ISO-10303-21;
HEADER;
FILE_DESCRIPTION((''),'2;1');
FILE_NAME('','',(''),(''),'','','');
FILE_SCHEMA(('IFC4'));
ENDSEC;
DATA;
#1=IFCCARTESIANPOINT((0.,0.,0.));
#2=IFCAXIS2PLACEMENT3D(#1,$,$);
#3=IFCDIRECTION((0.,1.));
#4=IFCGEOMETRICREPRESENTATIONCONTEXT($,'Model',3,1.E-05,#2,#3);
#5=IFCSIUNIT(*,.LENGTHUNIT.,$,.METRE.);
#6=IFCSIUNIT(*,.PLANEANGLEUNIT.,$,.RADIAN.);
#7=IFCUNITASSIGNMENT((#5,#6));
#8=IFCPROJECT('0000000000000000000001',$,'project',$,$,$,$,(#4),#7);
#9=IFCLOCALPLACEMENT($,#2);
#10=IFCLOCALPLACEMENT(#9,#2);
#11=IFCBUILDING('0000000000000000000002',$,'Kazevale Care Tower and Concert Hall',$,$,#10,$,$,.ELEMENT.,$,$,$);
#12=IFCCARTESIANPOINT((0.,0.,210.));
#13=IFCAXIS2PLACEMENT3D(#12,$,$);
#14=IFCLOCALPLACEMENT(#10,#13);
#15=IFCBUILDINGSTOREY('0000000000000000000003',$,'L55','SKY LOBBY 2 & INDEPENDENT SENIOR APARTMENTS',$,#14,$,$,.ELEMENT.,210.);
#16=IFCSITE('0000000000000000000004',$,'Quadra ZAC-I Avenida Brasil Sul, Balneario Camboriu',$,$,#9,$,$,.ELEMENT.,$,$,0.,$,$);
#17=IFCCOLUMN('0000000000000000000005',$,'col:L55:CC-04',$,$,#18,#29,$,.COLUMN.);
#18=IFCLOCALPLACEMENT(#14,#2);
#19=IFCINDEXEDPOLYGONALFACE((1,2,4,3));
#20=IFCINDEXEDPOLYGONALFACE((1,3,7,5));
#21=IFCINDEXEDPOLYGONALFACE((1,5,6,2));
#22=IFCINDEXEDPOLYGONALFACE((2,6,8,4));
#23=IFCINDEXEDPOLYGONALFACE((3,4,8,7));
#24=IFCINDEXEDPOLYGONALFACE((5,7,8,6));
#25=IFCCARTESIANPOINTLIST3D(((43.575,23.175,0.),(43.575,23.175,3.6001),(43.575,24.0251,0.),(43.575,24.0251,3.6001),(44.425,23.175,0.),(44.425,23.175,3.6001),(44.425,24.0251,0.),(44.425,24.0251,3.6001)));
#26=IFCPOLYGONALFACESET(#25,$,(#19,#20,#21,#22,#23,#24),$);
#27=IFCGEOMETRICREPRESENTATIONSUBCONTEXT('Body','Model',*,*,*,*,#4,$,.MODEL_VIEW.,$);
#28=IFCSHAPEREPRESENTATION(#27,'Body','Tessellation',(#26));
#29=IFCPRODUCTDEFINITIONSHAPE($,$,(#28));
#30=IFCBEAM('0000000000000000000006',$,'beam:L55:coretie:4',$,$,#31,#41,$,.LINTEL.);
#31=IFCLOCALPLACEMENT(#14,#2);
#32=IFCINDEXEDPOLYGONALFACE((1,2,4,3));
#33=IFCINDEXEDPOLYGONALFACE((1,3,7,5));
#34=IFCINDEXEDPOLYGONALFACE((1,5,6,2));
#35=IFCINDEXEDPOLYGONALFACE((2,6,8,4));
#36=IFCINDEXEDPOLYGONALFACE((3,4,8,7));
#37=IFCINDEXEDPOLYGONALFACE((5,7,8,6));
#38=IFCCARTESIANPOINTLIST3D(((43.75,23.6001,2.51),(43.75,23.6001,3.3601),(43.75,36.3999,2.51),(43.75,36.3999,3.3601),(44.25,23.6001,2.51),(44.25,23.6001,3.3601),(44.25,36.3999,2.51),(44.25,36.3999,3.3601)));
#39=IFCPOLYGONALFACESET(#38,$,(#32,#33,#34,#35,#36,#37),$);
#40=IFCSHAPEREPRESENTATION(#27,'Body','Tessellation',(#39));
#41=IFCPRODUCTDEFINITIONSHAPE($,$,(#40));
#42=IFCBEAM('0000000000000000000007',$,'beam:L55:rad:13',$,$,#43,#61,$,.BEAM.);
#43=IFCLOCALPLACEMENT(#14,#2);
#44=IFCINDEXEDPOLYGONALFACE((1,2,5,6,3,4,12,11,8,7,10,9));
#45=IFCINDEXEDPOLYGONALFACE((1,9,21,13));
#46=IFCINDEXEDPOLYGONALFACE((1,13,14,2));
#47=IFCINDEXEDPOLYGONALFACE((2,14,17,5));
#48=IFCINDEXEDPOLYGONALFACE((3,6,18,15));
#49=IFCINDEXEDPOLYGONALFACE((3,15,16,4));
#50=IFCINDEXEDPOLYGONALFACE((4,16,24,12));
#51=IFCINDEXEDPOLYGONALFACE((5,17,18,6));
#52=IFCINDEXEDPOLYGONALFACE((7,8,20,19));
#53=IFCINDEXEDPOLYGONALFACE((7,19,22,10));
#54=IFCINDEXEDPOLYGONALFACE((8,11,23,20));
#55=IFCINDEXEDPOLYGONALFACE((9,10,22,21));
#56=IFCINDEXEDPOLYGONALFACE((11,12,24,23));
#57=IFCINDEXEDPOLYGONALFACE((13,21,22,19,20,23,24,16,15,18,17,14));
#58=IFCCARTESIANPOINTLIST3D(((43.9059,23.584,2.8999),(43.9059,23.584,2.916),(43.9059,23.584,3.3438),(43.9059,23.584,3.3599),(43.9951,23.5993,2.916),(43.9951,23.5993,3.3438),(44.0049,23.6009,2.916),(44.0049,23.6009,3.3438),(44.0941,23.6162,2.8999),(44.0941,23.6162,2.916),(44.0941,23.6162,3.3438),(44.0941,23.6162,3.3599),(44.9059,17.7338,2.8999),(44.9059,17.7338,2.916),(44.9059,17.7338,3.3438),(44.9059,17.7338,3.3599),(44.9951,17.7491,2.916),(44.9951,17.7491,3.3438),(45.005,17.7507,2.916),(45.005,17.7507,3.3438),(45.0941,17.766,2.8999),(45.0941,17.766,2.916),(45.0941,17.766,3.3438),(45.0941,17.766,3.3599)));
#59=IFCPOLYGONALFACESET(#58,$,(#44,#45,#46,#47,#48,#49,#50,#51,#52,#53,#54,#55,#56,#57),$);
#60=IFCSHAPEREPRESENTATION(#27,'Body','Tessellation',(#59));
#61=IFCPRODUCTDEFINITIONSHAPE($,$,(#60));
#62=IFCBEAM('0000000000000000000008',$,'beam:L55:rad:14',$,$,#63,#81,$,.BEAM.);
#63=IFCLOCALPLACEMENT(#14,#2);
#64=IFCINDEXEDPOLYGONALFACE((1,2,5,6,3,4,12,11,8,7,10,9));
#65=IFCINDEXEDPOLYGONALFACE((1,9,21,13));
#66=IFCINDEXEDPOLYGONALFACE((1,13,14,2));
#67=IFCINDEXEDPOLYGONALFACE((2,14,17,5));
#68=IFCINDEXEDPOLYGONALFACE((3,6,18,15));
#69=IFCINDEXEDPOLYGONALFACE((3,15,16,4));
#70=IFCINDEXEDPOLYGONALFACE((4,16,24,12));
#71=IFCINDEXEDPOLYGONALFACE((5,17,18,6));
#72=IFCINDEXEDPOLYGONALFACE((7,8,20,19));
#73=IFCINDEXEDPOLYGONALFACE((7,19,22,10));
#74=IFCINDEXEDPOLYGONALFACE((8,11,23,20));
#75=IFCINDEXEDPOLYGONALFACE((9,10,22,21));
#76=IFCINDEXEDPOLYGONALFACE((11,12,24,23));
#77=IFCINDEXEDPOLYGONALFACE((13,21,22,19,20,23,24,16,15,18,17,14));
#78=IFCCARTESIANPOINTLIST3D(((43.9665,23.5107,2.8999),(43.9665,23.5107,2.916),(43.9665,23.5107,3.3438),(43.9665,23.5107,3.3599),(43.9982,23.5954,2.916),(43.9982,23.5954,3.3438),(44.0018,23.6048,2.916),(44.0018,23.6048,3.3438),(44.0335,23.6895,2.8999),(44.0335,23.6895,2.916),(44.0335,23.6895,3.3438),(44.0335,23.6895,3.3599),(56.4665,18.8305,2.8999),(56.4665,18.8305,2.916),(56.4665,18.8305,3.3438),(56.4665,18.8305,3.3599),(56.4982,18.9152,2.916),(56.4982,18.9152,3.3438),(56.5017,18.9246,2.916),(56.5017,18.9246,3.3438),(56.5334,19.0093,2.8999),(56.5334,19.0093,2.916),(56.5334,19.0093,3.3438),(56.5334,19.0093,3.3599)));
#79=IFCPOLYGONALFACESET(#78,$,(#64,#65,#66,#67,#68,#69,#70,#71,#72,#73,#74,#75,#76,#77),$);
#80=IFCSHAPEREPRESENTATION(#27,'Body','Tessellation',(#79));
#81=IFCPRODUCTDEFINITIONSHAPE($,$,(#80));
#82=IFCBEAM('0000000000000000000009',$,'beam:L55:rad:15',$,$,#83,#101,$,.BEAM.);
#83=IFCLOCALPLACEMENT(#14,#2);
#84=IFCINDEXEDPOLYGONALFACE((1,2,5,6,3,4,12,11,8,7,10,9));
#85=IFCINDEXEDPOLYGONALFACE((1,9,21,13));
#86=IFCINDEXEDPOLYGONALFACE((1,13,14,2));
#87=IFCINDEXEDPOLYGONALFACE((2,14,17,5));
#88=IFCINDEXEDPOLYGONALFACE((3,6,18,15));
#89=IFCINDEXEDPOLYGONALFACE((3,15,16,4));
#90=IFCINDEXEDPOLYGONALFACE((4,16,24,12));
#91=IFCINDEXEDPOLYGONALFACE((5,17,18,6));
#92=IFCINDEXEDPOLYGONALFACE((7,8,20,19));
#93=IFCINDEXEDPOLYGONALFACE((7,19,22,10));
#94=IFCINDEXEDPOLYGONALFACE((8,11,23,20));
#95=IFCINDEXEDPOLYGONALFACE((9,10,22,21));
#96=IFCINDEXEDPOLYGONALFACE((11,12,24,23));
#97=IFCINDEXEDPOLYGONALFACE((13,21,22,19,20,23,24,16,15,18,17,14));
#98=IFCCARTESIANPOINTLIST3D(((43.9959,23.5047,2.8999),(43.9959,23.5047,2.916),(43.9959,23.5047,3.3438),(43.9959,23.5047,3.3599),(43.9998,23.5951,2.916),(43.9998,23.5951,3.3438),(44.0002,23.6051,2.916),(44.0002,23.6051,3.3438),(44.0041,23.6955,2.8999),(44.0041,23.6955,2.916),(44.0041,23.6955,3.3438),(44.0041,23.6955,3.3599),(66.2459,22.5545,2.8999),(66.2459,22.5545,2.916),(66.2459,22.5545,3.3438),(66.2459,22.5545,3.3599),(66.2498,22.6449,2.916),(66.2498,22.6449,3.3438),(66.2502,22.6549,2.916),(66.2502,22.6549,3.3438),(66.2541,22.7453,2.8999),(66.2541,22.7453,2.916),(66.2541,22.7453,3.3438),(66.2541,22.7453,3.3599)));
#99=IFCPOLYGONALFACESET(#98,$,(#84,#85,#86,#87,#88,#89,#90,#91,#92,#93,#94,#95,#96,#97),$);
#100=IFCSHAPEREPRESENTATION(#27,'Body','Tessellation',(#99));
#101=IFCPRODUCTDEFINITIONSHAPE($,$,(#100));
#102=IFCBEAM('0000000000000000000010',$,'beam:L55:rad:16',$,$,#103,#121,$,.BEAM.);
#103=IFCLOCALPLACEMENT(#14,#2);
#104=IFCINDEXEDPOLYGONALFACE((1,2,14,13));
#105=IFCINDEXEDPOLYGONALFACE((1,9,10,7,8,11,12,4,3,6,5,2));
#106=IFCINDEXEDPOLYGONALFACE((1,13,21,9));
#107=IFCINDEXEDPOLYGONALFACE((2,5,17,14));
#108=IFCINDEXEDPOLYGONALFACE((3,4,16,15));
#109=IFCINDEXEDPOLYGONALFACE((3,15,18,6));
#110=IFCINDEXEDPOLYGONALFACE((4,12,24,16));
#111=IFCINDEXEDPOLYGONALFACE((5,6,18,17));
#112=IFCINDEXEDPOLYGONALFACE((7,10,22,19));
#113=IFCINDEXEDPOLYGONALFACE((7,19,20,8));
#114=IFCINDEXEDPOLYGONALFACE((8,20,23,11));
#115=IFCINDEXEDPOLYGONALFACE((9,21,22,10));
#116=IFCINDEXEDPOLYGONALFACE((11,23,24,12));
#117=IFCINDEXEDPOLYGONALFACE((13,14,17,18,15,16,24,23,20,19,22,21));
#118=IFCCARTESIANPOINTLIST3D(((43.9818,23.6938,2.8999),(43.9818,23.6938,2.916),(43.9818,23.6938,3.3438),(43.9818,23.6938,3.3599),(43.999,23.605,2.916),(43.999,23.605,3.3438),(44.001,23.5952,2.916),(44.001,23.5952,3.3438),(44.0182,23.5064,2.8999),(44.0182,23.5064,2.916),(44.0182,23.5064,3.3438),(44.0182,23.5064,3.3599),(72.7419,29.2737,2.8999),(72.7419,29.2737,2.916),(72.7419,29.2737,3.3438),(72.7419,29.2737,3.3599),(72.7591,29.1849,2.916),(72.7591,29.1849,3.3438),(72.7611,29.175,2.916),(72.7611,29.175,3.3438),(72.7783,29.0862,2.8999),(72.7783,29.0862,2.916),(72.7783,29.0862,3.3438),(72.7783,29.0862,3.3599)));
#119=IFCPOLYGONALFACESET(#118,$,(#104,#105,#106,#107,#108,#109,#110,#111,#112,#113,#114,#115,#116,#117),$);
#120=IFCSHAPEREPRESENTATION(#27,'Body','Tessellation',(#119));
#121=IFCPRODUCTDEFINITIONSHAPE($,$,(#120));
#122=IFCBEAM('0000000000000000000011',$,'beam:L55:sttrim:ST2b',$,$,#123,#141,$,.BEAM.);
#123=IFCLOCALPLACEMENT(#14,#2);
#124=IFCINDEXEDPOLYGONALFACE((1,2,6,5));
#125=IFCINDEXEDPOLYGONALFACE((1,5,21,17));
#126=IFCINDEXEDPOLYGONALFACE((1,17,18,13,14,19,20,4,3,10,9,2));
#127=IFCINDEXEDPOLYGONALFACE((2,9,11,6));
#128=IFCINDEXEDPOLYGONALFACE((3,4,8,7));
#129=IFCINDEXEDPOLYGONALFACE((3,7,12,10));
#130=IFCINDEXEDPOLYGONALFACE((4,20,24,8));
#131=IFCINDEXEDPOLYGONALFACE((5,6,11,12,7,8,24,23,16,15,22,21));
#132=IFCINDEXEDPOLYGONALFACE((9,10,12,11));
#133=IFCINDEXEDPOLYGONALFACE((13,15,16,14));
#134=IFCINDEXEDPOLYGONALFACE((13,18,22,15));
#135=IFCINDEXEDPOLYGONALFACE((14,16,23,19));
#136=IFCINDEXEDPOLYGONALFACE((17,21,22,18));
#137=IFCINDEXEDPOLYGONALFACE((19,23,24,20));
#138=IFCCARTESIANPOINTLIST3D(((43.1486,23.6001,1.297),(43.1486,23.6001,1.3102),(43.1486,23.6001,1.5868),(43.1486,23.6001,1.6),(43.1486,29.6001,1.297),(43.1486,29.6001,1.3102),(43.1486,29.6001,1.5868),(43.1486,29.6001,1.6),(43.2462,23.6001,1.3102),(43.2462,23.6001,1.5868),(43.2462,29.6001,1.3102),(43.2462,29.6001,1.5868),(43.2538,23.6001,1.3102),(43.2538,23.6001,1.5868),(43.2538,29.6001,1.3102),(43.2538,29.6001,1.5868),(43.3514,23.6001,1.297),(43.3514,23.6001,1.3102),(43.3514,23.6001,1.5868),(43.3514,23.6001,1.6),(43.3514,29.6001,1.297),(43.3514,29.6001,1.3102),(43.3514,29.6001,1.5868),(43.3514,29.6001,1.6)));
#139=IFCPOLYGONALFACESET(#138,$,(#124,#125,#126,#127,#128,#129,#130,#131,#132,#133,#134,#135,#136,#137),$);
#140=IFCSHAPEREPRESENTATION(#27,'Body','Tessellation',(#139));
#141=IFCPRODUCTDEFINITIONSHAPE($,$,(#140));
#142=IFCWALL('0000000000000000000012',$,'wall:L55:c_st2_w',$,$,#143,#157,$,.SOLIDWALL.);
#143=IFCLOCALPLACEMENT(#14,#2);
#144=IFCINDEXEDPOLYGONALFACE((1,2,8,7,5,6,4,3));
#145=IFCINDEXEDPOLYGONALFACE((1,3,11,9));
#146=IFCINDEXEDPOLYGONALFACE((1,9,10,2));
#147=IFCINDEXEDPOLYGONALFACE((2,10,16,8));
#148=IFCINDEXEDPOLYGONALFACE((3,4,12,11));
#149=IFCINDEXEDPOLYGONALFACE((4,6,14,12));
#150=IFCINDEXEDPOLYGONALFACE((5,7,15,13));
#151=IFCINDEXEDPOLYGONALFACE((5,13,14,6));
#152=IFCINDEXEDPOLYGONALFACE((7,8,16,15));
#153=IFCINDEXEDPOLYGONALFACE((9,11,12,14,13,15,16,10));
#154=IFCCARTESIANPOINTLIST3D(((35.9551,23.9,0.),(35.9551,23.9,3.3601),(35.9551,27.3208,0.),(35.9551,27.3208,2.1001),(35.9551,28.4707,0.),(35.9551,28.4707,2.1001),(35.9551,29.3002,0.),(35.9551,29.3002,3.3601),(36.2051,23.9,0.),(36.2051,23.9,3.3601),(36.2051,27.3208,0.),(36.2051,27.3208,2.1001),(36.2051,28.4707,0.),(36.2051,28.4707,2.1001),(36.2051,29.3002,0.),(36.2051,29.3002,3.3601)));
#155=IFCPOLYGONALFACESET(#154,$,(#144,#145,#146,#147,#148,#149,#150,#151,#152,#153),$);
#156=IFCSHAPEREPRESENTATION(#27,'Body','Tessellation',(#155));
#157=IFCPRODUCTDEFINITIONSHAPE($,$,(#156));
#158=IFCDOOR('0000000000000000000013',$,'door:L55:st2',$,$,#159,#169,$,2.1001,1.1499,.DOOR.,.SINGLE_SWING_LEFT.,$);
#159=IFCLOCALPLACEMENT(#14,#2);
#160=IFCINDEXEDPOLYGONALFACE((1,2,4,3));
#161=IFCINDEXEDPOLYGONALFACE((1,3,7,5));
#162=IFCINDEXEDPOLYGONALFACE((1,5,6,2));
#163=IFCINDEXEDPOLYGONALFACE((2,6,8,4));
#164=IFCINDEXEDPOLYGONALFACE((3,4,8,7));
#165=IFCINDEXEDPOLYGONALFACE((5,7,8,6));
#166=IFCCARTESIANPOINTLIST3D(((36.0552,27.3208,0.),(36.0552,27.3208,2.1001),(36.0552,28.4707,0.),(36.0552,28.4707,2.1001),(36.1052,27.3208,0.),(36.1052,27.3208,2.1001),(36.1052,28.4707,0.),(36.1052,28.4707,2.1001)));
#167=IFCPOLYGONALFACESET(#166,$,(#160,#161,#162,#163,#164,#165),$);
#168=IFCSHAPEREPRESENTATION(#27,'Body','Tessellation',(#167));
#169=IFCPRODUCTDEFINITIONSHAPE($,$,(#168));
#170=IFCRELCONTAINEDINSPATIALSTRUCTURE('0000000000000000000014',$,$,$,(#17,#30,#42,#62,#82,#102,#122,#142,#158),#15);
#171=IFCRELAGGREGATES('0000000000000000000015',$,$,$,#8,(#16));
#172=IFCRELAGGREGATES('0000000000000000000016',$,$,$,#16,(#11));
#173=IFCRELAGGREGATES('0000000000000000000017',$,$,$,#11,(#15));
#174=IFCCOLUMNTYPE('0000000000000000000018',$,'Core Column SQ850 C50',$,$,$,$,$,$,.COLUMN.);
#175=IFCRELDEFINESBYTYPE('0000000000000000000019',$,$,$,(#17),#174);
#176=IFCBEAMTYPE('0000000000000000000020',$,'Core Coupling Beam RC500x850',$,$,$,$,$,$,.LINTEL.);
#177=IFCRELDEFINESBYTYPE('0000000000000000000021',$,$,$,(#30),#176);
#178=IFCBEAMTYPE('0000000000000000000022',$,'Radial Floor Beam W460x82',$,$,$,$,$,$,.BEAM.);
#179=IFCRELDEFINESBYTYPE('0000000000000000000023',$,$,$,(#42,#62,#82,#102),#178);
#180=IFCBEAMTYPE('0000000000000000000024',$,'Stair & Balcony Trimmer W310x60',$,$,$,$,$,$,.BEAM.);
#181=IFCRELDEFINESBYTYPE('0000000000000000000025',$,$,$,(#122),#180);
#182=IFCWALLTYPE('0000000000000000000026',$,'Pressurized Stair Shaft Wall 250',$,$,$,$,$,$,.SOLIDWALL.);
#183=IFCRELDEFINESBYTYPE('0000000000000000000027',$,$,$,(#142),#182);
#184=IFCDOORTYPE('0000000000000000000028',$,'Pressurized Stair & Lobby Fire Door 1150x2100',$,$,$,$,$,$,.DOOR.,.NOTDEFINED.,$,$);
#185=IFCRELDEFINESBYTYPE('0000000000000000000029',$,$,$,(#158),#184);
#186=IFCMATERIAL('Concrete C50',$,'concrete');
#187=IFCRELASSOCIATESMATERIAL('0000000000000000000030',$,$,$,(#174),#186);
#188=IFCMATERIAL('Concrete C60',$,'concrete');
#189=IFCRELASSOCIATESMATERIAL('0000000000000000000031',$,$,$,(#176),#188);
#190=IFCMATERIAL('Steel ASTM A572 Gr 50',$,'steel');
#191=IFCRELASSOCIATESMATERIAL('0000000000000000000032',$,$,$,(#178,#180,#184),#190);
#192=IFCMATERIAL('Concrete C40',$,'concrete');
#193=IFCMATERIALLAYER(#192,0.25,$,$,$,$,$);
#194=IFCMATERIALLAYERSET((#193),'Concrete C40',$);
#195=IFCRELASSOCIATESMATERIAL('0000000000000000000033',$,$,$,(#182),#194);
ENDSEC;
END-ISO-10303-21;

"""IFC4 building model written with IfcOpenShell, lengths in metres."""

from ifc_helpers import new_model, si_unit, direction, frame, frame_2d, origin, origin_2d, place, context, subcontext, project, spatial, rectangle, i_section, extrude, material, layer, layer_set, material_profile, profile_set, type_object, element, fill, save


model = new_model("IFC4")

# Units and contexts
model_context = context("Model", 3, precision=1e-05, world=origin(), true_north=direction((0.0, 1.0)))
body_context = subcontext(model_context, "Body", "Model", "MODEL_VIEW")
ifc_project = project(units=[si_unit("LENGTHUNIT", "METRE"), si_unit("PLANEANGLEUNIT", "RADIAN")], contexts=[model_context])

# Site, building, storey
site_placement = place(None, origin())
site = spatial("IfcSite", under=ifc_project, at=site_placement, Name="Quadra ZAC-I Avenida Brasil Sul, Balneario Camboriu", CompositionType="ELEMENT", RefElevation=0.0)
building_placement = place(site_placement, origin())
building = spatial("IfcBuilding", under=site, at=building_placement, Name="Kazevale Care Tower and Concert Hall", CompositionType="ELEMENT")
storey_placement = place(building_placement, frame((0.0, 0.0, 210.0)))
storey = spatial("IfcBuildingStorey", under=building, at=storey_placement, Name="L55", Description="SKY LOBBY 2 & INDEPENDENT SENIOR APARTMENTS", CompositionType="ELEMENT", Elevation=210.0)

# Column
ifc_material_1 = material(Name="Concrete C50", Category="concrete")
ifc_material_profile_1 = material_profile(ifc_material_1, rectangle(XDim=0.8501, YDim=0.8501, at=origin_2d()), Name="RC-SQ850")
ifc_profile_set_1 = profile_set([ifc_material_profile_1], Name="Concrete C50")
column_type = type_object("IfcColumnType", Name="Core Column SQ850 C50", PredefinedType="COLUMN", material=ifc_profile_set_1)
column_placement = place(storey_placement, frame((44.0, 23.6001, 0.0), z_axis=(0.0, 0.0, 1.0), x_axis=(1.0, 0.0, 0.0)))
element("IfcColumn", 1, at=column_placement, inside=storey, type_object=column_type, Name="col:L55:CC-04", PredefinedType="COLUMN", context=body_context, shape_type="SweptSolid", body=[
    extrude(rectangle(XDim=0.8501, YDim=0.8501, at=origin_2d()), origin(), (0.0, 0.0, 1.0), 3.6001),
])

# Beams
ifc_material_2 = material(Name="Concrete C60", Category="concrete")
ifc_material_profile_2 = material_profile(ifc_material_2, rectangle(XDim=0.5, YDim=0.8501, at=origin_2d()), Name="RC-B500x850")
ifc_profile_set_2 = profile_set([ifc_material_profile_2], Name="Concrete C60")
beam_type_1 = type_object("IfcBeamType", Name="Core Coupling Beam RC500x850", PredefinedType="LINTEL", material=ifc_profile_set_2)
beam_1_placement = place(storey_placement, frame((44.0, 23.6001, 2.9351), z_axis=(0.0, 1.0, 0.0), x_axis=(-1.0, 0.0, 0.0)))
element("IfcBeam", 2, at=beam_1_placement, inside=storey, type_object=beam_type_1, Name="beam:L55:coretie:4", PredefinedType="LINTEL", context=body_context, shape_type="SweptSolid", body=[
    extrude(rectangle(XDim=0.5, YDim=0.8501, at=origin_2d()), origin(), (0.0, 0.0, 1.0), 12.7998),
])
ifc_material_3 = material(Name="Steel ASTM A572 Gr 50", Category="steel")
ifc_material_profile_3 = material_profile(ifc_material_3, i_section(OverallWidth=0.1909, OverallDepth=0.46, WebThickness=0.01, FlangeThickness=0.0161, at=origin_2d()), Name="W460x82")
ifc_profile_set_3 = profile_set([ifc_material_profile_3], Name="Steel ASTM A572 Gr 50")
beam_type_2 = type_object("IfcBeamType", Name="Radial Floor Beam W460x82", PredefinedType="BEAM", material=ifc_profile_set_3)
beam_2_placement = place(storey_placement, frame((44.0, 23.6001, 3.1299), z_axis=(0.168493, -0.985703, 0.0), x_axis=(0.985703, 0.168493, 0.0)))
element("IfcBeam", 3, at=beam_2_placement, inside=storey, type_object=beam_type_2, Name="beam:L55:rad:13", PredefinedType="BEAM", context=body_context, shape_type="SweptSolid", body=[
    extrude(i_section(OverallWidth=0.1909, OverallDepth=0.46, WebThickness=0.01, FlangeThickness=0.0161, at=origin_2d()), origin(), (0.0, 0.0, 1.0), 5.9351),
])
beam_3_placement = place(storey_placement, frame((44.0, 23.6001, 3.1299), z_axis=(0.936509, -0.350642, 0.0), x_axis=(0.350642, 0.936509, 0.0)))
element("IfcBeam", 4, at=beam_3_placement, inside=storey, type_object=beam_type_2, Name="beam:L55:rad:14", PredefinedType="BEAM", context=body_context, shape_type="SweptSolid", body=[
    extrude(i_section(OverallWidth=0.1909, OverallDepth=0.46, WebThickness=0.01, FlangeThickness=0.0161, at=origin_2d()), origin(), (0.0, 0.0, 1.0), 13.3474),
])
beam_4_placement = place(storey_placement, frame((44.0, 23.6001, 3.1299), z_axis=(0.999089, -0.042667, 0.0), x_axis=(0.042667, 0.999089, 0.0)))
element("IfcBeam", 5, at=beam_4_placement, inside=storey, type_object=beam_type_2, Name="beam:L55:rad:15", PredefinedType="BEAM", context=body_context, shape_type="SweptSolid", body=[
    extrude(i_section(OverallWidth=0.1909, OverallDepth=0.46, WebThickness=0.01, FlangeThickness=0.0161, at=origin_2d()), origin(), (0.0, 0.0, 1.0), 22.2703),
])
beam_5_placement = place(storey_placement, frame((44.0, 23.6001, 3.1299), z_axis=(0.981695, 0.190462, 0.0), x_axis=(-0.190462, 0.981695, 0.0)))
element("IfcBeam", 6, at=beam_5_placement, inside=storey, type_object=beam_type_2, Name="beam:L55:rad:16", PredefinedType="BEAM", context=body_context, shape_type="SweptSolid", body=[
    extrude(i_section(OverallWidth=0.1909, OverallDepth=0.46, WebThickness=0.01, FlangeThickness=0.0161, at=origin_2d()), origin(), (0.0, 0.0, 1.0), 29.2964),
])
ifc_material_profile_4 = material_profile(ifc_material_3, i_section(OverallWidth=0.2029, OverallDepth=0.303, WebThickness=0.0076, FlangeThickness=0.0132, at=origin_2d()), Name="W310x60")
ifc_profile_set_4 = profile_set([ifc_material_profile_4], Name="Steel ASTM A572 Gr 50")
beam_type_3 = type_object("IfcBeamType", Name="Stair & Balcony Trimmer W310x60", PredefinedType="BEAM", material=ifc_profile_set_4)
beam_6_placement = place(storey_placement, frame((43.25, 23.6001, 1.4485), z_axis=(0.0, 1.0, 0.0), x_axis=(-1.0, 0.0, 0.0)))
element("IfcBeam", 7, at=beam_6_placement, inside=storey, type_object=beam_type_3, Name="beam:L55:sttrim:ST2b", PredefinedType="BEAM", context=body_context, shape_type="SweptSolid", body=[
    extrude(i_section(OverallWidth=0.2029, OverallDepth=0.303, WebThickness=0.0076, FlangeThickness=0.0132, at=origin_2d()), origin(), (0.0, 0.0, 1.0), 6.0),
])

# Wall, opening, door
ifc_material_4 = material(Name="Concrete C40", Category="concrete")
ifc_layer_1 = layer(ifc_material_4, 0.25)
ifc_layer_set_1 = layer_set([ifc_layer_1], Name="Concrete C40")
wall_type_1 = type_object("IfcWallType", Name="Pressurized Stair Shaft Wall 250", PredefinedType="SOLIDWALL", material=ifc_layer_set_1)
wall_1_placement = place(storey_placement, frame((36.0801, 23.8999, 0.0), z_axis=(0.0, 0.0, 1.0), x_axis=(0.0, 1.0, 0.0)))
wall_1 = element("IfcWall", 8, at=wall_1_placement, inside=storey, type_object=wall_type_1, Name="wall:L55:c_st2_w", PredefinedType="SOLIDWALL", context=body_context, shape_type="SweptSolid", body=[
    extrude(rectangle(XDim=5.4001, YDim=0.25, at=frame_2d((2.7002, 0.0))), origin(), (0.0, 0.0, 1.0), 3.3601),
])
opening_1_placement = place(wall_1_placement, frame((3.4209, 0.0, 0.0)))
opening_1 = element("IfcOpeningElement", 9, at=opening_1_placement, cuts=wall_1, PredefinedType="OPENING", context=body_context, shape_type="SweptSolid", body=[
    extrude(rectangle(XDim=1.1499, YDim=2.1001, at=frame_2d((0.575, 1.05))), frame((0.0, 0.135, 0.0), z_axis=(0.0, -1.0, 0.0), x_axis=(1.0, 0.0, 0.0)), (0.0, 0.0, 1.0), 0.27),
])
door_type_1 = type_object("IfcDoorType", Name="Pressurized Stair & Lobby Fire Door 1150x2100", OperationType="NOTDEFINED", PredefinedType="DOOR", material=ifc_material_3)
door_1_placement = place(opening_1_placement, origin())
door_1 = element("IfcDoor", 10, at=door_1_placement, inside=storey, type_object=door_type_1, Name="door:L55:st2", OperationType="SINGLE_SWING_LEFT", OverallHeight=2.1001, OverallWidth=1.1499, PredefinedType="DOOR", context=body_context, shape_type="SweptSolid", body=[
    extrude(rectangle(XDim=1.1499, YDim=2.1001, at=frame_2d((0.575, 1.05))), frame((0.0, 0.0249, 0.0), z_axis=(0.0, -1.0, 0.0), x_axis=(1.0, 0.0, 0.0)), (0.0, 0.0, 1.0), 0.05),
])
fill(opening_1, door_1)

save(model, "model.ifc")
